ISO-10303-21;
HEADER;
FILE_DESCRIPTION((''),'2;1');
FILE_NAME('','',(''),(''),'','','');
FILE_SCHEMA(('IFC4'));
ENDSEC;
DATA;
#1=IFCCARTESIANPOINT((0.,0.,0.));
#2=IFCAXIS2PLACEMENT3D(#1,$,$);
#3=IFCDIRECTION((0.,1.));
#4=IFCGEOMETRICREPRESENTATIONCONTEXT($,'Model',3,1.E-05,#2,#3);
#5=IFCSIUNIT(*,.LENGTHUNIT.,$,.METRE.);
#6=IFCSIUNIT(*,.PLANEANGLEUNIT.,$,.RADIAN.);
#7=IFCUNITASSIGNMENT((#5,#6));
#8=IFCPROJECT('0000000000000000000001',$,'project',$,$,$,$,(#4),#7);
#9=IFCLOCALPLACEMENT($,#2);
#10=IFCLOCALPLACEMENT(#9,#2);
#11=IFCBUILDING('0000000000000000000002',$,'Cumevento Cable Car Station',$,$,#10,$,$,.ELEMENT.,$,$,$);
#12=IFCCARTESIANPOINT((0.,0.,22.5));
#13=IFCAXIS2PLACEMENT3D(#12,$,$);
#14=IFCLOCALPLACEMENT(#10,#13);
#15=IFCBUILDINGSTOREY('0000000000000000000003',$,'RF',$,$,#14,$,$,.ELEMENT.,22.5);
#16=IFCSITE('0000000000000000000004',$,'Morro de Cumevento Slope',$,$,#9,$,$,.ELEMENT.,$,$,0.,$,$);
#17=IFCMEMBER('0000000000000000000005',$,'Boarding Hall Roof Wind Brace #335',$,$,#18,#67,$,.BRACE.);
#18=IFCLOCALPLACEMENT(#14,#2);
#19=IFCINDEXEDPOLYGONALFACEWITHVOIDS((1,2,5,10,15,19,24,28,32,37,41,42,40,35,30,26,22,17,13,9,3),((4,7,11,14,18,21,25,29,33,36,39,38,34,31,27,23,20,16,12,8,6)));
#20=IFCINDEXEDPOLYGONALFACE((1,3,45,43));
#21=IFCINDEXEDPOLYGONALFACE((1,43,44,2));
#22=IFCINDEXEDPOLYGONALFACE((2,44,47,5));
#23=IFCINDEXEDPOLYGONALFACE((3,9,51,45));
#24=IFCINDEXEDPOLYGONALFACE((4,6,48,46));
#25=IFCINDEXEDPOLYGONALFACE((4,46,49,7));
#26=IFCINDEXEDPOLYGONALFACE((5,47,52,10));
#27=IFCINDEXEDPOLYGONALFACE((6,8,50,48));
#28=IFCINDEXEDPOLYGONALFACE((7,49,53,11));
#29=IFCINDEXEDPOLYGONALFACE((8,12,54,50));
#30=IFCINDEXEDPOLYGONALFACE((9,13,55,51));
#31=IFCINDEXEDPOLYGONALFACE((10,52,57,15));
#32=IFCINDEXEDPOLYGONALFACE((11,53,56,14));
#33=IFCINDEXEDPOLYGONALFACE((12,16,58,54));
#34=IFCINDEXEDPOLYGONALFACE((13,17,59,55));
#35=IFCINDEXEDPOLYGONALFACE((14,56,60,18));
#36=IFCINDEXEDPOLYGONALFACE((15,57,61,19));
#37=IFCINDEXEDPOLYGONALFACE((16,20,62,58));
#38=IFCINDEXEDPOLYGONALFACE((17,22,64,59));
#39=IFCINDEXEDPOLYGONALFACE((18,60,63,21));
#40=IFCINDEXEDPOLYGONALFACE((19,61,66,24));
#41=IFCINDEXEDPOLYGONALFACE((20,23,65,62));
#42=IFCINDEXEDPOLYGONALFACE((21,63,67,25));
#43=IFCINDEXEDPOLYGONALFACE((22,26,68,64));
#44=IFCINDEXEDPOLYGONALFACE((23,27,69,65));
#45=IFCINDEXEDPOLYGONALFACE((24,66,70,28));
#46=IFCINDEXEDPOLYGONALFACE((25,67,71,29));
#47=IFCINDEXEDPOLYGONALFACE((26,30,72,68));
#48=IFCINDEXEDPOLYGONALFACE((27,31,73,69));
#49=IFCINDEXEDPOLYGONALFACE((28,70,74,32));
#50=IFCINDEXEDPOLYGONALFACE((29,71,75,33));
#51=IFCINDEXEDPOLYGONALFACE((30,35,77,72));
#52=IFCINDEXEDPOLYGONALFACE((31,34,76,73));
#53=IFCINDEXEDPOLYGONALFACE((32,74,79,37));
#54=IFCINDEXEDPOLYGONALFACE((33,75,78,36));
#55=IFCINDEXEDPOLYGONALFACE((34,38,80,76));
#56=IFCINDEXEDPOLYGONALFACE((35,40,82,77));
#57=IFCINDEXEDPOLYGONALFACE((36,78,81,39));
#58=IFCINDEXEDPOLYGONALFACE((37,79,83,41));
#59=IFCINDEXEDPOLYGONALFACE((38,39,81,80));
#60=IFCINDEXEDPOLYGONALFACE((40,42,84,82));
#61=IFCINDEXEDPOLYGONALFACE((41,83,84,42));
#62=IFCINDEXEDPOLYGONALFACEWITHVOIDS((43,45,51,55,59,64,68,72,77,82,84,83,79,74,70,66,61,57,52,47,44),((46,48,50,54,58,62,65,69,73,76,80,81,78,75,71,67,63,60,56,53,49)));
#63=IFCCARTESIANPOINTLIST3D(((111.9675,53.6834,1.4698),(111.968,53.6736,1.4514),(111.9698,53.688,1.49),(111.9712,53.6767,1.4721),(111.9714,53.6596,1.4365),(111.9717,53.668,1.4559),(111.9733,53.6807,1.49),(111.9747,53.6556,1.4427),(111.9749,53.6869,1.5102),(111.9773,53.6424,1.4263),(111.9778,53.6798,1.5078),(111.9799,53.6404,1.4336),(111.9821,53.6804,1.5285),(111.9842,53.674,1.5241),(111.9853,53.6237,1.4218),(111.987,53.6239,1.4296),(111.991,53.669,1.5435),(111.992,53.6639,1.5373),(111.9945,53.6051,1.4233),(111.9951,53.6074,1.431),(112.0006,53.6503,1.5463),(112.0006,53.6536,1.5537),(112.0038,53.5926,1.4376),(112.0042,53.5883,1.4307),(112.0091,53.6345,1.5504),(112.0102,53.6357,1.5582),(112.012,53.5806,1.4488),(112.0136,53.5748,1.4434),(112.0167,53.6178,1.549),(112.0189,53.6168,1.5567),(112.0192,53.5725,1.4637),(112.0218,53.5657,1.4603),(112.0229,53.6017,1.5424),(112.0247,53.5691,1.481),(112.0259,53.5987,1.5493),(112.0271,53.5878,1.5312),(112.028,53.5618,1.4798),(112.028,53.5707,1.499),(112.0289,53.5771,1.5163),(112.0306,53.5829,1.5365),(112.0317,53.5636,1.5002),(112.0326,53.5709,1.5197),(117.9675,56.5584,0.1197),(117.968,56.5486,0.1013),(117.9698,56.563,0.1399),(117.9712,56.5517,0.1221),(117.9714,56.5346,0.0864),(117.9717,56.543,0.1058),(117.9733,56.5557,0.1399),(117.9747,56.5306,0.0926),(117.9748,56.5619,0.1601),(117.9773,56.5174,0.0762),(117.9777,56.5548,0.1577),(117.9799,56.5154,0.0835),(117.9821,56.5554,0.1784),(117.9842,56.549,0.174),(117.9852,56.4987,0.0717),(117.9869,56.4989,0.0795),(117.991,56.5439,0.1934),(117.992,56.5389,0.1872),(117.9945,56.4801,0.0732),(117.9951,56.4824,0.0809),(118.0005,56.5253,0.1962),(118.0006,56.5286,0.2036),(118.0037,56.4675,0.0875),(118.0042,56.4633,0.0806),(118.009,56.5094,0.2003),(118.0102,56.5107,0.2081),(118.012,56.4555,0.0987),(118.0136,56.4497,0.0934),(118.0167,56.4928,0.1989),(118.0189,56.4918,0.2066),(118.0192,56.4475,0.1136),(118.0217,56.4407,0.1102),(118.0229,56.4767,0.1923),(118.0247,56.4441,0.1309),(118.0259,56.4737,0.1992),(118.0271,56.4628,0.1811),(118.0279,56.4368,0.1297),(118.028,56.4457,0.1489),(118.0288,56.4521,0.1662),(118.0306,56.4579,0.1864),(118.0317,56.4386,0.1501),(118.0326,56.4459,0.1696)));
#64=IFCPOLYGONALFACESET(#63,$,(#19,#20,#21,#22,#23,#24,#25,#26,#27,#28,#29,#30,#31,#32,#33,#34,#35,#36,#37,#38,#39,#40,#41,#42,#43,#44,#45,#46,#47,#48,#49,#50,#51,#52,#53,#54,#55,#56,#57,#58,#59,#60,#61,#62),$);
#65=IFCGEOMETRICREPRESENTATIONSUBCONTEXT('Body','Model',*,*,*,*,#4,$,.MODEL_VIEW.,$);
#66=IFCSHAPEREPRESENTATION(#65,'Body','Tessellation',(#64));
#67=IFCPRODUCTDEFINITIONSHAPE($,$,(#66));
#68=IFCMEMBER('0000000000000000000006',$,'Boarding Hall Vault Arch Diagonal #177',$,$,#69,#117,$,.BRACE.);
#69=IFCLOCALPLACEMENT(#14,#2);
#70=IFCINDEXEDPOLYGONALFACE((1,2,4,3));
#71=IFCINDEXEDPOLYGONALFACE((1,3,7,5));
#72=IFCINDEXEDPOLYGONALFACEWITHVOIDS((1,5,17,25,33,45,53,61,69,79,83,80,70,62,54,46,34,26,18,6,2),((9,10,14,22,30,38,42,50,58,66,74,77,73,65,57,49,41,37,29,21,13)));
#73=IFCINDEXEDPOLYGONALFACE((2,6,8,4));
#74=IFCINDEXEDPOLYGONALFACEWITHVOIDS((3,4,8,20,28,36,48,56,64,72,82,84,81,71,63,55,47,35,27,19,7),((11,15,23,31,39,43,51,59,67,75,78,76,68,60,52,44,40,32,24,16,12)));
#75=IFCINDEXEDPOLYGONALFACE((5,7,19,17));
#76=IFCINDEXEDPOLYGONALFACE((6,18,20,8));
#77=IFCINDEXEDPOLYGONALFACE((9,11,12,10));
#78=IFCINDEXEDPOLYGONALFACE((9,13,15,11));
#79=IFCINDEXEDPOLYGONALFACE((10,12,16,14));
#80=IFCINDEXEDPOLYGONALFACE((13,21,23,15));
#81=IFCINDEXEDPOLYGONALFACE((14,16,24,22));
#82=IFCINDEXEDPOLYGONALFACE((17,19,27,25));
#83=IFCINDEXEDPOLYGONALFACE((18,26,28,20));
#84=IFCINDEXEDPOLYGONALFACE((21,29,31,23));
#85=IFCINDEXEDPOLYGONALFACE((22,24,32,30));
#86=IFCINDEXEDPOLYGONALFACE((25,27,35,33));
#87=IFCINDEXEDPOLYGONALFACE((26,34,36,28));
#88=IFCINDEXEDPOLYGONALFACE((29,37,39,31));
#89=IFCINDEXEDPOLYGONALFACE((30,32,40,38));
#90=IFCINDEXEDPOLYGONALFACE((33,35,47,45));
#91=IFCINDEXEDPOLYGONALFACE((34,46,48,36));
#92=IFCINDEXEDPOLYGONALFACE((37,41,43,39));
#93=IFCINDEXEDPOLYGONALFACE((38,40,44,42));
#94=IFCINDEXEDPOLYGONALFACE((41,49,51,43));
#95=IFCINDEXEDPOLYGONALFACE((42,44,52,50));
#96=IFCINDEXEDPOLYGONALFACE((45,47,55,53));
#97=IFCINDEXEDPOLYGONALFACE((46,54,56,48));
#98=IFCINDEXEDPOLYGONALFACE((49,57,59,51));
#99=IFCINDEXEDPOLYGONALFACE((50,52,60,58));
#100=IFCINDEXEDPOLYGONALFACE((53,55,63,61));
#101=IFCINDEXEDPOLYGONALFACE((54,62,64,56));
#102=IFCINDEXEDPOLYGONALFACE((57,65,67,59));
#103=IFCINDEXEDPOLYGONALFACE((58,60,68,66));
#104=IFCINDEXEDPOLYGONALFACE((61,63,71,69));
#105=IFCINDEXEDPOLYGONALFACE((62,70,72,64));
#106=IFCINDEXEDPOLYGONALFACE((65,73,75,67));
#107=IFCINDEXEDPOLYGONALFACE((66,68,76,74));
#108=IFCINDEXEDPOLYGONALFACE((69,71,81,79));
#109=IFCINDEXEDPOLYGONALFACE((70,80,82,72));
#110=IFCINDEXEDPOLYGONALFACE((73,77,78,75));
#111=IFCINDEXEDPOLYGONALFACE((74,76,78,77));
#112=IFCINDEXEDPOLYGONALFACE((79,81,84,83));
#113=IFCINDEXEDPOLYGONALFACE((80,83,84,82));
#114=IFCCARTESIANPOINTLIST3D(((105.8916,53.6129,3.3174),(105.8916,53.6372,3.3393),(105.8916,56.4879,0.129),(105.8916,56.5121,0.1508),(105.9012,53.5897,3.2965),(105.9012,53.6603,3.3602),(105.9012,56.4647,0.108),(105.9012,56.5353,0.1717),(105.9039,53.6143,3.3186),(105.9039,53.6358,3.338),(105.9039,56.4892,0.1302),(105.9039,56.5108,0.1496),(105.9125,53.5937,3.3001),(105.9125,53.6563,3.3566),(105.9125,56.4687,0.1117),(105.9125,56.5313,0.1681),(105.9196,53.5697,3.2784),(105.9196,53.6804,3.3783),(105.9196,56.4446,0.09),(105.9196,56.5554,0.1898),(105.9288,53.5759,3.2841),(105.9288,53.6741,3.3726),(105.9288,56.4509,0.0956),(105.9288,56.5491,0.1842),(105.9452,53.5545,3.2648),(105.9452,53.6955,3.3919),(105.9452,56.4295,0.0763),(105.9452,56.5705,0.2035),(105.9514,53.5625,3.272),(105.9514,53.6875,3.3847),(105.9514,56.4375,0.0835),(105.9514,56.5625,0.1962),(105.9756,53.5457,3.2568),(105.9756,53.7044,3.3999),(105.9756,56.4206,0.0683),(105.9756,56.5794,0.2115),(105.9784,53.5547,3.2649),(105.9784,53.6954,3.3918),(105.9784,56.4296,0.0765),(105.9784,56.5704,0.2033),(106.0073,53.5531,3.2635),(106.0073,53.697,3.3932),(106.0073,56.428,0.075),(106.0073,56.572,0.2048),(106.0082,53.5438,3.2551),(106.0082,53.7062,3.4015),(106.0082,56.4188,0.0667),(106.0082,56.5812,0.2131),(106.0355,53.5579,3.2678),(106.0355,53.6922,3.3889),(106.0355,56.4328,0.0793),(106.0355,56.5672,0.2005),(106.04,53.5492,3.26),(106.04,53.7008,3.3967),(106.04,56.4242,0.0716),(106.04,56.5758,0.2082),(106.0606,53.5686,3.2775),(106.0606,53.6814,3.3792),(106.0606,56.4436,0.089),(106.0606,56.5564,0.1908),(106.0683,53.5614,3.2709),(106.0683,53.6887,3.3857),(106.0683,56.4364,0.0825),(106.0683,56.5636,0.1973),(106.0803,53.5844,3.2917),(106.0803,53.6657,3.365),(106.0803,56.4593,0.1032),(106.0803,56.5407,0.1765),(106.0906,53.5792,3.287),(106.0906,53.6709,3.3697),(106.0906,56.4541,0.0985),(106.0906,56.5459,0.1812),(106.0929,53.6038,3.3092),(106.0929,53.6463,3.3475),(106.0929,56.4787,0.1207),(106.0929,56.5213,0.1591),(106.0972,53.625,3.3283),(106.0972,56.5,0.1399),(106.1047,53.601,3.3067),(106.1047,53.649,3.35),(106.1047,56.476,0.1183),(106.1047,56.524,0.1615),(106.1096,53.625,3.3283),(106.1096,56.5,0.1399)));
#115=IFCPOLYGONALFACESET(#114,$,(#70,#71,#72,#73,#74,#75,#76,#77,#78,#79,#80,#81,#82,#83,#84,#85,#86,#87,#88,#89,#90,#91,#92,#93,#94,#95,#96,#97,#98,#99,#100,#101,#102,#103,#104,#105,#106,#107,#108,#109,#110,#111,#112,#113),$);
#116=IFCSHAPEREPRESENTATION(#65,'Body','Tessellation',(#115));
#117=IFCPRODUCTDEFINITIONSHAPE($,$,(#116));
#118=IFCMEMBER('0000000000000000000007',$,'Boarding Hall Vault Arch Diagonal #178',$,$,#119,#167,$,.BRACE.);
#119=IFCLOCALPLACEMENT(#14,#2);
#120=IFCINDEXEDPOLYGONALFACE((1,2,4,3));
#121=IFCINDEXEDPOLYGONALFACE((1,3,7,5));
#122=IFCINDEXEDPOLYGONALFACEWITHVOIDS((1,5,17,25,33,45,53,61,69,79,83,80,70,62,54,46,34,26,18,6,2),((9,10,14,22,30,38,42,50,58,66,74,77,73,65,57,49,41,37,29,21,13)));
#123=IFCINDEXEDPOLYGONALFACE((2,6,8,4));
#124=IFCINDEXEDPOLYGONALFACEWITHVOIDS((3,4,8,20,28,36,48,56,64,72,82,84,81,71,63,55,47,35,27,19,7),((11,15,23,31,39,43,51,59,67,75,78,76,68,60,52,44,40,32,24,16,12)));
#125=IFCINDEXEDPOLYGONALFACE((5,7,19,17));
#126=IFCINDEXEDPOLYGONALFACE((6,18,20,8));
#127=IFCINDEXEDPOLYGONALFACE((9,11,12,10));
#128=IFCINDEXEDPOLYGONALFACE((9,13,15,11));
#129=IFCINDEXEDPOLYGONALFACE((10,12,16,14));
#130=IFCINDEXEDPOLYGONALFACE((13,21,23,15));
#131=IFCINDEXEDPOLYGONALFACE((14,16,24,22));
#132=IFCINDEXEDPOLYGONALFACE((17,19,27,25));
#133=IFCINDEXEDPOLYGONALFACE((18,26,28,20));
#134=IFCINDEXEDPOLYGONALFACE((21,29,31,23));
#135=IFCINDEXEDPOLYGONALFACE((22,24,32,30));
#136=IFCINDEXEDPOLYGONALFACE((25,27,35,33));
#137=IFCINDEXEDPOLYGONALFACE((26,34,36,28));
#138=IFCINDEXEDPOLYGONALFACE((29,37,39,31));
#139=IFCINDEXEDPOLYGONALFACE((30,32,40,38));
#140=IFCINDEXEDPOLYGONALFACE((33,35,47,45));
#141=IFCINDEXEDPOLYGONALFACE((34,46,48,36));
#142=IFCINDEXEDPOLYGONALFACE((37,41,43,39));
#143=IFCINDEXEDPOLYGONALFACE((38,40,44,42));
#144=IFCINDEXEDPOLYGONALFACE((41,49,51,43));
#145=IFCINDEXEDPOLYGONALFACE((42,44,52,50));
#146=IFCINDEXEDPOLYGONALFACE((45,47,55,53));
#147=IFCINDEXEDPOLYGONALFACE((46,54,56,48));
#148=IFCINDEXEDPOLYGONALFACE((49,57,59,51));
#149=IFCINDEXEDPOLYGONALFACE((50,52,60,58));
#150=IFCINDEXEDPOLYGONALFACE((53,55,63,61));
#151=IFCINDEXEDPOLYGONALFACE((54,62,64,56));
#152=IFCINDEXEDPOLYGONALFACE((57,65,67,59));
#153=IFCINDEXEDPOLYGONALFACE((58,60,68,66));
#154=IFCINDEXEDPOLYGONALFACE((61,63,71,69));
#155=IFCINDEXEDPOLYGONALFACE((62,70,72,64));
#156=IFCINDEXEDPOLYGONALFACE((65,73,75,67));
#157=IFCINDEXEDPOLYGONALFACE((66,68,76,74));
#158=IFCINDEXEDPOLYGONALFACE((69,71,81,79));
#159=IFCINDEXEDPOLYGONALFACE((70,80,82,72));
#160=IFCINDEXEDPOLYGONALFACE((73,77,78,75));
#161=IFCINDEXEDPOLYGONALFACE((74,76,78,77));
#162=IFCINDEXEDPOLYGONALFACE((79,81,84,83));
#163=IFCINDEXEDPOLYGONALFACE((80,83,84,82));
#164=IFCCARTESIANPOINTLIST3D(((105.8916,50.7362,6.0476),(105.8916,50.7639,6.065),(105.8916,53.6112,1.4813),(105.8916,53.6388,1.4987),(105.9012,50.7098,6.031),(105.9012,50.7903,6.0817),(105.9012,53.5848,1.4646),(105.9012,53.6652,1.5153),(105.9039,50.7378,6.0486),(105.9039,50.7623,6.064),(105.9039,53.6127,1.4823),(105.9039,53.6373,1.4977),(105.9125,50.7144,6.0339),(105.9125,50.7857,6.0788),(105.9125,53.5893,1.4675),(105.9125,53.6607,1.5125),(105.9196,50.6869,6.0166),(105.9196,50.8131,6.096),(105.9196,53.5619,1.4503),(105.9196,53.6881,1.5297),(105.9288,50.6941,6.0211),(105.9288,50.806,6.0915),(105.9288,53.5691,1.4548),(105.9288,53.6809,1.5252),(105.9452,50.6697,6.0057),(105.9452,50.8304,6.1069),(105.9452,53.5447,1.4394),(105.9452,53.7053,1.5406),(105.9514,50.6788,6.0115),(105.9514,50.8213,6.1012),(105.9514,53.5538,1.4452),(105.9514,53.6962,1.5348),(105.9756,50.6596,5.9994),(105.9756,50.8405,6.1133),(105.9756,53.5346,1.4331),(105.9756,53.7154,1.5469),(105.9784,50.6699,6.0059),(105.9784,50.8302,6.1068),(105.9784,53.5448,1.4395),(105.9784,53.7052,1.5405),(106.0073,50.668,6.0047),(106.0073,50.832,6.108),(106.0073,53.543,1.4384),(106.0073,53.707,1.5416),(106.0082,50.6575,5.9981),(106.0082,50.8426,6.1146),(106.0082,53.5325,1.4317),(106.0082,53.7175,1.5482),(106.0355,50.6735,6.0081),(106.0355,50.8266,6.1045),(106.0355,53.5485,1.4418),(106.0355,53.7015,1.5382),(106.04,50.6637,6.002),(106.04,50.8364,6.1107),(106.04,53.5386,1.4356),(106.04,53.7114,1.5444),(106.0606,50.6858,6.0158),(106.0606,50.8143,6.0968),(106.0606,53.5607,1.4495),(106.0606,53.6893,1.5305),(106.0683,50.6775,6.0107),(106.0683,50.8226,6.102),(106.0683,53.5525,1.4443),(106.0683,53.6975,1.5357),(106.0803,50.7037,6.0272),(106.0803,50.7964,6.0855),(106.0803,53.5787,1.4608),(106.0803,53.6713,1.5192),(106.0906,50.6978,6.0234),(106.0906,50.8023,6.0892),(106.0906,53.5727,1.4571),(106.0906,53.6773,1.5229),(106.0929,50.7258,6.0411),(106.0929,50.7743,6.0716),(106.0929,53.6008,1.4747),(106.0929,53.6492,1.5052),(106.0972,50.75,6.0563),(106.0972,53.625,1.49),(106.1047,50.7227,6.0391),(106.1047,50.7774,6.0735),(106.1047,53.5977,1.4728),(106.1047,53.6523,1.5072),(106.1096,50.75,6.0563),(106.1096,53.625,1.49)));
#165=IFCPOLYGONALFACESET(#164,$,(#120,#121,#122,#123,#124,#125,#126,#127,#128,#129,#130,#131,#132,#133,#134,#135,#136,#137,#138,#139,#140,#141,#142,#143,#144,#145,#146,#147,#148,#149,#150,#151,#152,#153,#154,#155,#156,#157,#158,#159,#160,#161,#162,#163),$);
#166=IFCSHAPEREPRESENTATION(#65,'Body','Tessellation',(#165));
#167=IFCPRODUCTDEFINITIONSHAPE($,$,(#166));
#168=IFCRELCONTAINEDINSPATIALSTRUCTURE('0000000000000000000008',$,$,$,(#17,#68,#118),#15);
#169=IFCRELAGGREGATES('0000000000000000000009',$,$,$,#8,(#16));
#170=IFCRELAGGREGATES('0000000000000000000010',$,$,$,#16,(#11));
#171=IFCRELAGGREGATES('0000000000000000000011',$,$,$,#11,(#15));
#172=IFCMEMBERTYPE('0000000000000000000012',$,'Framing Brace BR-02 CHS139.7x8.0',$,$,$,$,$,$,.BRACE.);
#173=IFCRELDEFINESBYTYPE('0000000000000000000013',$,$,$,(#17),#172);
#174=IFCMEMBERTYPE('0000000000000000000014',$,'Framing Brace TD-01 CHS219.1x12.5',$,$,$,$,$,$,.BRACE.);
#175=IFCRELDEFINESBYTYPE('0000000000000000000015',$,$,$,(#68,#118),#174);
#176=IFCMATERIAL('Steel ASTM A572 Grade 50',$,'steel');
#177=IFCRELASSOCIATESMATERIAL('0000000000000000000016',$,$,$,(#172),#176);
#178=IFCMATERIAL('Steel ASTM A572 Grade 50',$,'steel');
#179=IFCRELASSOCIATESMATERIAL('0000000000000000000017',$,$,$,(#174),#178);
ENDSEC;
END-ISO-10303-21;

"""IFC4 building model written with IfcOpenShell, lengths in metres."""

from ifc_helpers import new_model, si_unit, direction, frame, origin, origin_2d, place, context, subcontext, project, spatial, hollow_circle, extrude, material, material_profile, profile_set, type_object, element, save


model = new_model("IFC4")

# Units and contexts
model_context = context("Model", 3, precision=1e-05, world=origin(), true_north=direction((0.0, 1.0)))
body_context = subcontext(model_context, "Body", "Model", "MODEL_VIEW")
ifc_project = project(units=[si_unit("LENGTHUNIT", "METRE"), si_unit("PLANEANGLEUNIT", "RADIAN")], contexts=[model_context])

# Site, building, storey
site_placement = place(None, origin())
site = spatial("IfcSite", under=ifc_project, at=site_placement, Name="Morro de Cumevento Slope", CompositionType="ELEMENT", RefElevation=0.0)
building_placement = place(site_placement, origin())
building = spatial("IfcBuilding", under=site, at=building_placement, Name="Cumevento Cable Car Station", CompositionType="ELEMENT")
storey_placement = place(building_placement, frame((0.0, 0.0, 22.5)))
storey = spatial("IfcBuildingStorey", under=building, at=storey_placement, Name="RF", CompositionType="ELEMENT", Elevation=22.5)

# Members
ifc_material_1 = material(Name="Steel ASTM A572 Grade 50", Category="steel")
ifc_material_profile_1 = material_profile(ifc_material_1, hollow_circle(Radius=0.0698, WallThickness=0.0081, at=origin_2d()), Name="CHS139.7x8.0")
ifc_profile_set_1 = profile_set([ifc_material_profile_1], Name="Steel ASTM A572 Grade 50")
member_type_1 = type_object("IfcMemberType", Name="Framing Brace BR-02 CHS139.7x8.0", PredefinedType="BRACE", material=ifc_profile_set_1)
member_1_placement = place(storey_placement, frame((112.0, 53.625, 1.49), z_axis=(0.883803, 0.423489, -0.19887), x_axis=(-0.43212, 0.901816, 0.0)))
element("IfcMember", 1, at=member_1_placement, inside=storey, type_object=member_type_1, Name="Boarding Hall Roof Wind Brace #335", PredefinedType="BRACE", context=body_context, shape_type="SweptSolid", body=[
    extrude(hollow_circle(Radius=0.0698, WallThickness=0.0081, at=origin_2d()), origin(), (0.0, 0.0, 1.0), 6.7888),
])
ifc_material_2 = material(Name="Steel ASTM A572 Grade 50", Category="steel")
ifc_material_profile_2 = material_profile(ifc_material_2, hollow_circle(Radius=0.1096, WallThickness=0.0125, at=origin_2d()), Name="CHS219.1x12.5")
ifc_profile_set_2 = profile_set([ifc_material_profile_2], Name="Steel ASTM A572 Grade 50")
member_type_2 = type_object("IfcMemberType", Name="Framing Brace TD-01 CHS219.1x12.5", PredefinedType="BRACE", material=ifc_profile_set_2)
member_2_placement = place(storey_placement, frame((106.0, 56.5, 0.1399), z_axis=(0.0, -0.669656, 0.742672), x_axis=(1.0, 0.0, 0.0)))
element("IfcMember", 2, at=member_2_placement, inside=storey, type_object=member_type_2, Name="Boarding Hall Vault Arch Diagonal #177", PredefinedType="BRACE", context=body_context, shape_type="SweptSolid", body=[
    extrude(hollow_circle(Radius=0.1096, WallThickness=0.0125, at=origin_2d()), origin(), (0.0, 0.0, 1.0), 4.2932),
])
for number, where, z_axis, x_axis, name in (
    (3, (106.0, 53.625, 1.49), (0.0, -0.532794, 0.846245), (1.0, 0.0, 0.0), "Boarding Hall Vault Arch Diagonal #178"),
):
    element("IfcMember", number, at=place(storey_placement, frame(where, z_axis=z_axis, x_axis=x_axis)), inside=storey, type_object=member_type_2, Name=name, PredefinedType="BRACE", context=body_context, shape_type="SweptSolid", body=[
        extrude(hollow_circle(Radius=0.1096, WallThickness=0.0125, at=origin_2d()), origin(), (0.0, 0.0, 1.0), 5.396),
    ])

save(model, "model.ifc")
